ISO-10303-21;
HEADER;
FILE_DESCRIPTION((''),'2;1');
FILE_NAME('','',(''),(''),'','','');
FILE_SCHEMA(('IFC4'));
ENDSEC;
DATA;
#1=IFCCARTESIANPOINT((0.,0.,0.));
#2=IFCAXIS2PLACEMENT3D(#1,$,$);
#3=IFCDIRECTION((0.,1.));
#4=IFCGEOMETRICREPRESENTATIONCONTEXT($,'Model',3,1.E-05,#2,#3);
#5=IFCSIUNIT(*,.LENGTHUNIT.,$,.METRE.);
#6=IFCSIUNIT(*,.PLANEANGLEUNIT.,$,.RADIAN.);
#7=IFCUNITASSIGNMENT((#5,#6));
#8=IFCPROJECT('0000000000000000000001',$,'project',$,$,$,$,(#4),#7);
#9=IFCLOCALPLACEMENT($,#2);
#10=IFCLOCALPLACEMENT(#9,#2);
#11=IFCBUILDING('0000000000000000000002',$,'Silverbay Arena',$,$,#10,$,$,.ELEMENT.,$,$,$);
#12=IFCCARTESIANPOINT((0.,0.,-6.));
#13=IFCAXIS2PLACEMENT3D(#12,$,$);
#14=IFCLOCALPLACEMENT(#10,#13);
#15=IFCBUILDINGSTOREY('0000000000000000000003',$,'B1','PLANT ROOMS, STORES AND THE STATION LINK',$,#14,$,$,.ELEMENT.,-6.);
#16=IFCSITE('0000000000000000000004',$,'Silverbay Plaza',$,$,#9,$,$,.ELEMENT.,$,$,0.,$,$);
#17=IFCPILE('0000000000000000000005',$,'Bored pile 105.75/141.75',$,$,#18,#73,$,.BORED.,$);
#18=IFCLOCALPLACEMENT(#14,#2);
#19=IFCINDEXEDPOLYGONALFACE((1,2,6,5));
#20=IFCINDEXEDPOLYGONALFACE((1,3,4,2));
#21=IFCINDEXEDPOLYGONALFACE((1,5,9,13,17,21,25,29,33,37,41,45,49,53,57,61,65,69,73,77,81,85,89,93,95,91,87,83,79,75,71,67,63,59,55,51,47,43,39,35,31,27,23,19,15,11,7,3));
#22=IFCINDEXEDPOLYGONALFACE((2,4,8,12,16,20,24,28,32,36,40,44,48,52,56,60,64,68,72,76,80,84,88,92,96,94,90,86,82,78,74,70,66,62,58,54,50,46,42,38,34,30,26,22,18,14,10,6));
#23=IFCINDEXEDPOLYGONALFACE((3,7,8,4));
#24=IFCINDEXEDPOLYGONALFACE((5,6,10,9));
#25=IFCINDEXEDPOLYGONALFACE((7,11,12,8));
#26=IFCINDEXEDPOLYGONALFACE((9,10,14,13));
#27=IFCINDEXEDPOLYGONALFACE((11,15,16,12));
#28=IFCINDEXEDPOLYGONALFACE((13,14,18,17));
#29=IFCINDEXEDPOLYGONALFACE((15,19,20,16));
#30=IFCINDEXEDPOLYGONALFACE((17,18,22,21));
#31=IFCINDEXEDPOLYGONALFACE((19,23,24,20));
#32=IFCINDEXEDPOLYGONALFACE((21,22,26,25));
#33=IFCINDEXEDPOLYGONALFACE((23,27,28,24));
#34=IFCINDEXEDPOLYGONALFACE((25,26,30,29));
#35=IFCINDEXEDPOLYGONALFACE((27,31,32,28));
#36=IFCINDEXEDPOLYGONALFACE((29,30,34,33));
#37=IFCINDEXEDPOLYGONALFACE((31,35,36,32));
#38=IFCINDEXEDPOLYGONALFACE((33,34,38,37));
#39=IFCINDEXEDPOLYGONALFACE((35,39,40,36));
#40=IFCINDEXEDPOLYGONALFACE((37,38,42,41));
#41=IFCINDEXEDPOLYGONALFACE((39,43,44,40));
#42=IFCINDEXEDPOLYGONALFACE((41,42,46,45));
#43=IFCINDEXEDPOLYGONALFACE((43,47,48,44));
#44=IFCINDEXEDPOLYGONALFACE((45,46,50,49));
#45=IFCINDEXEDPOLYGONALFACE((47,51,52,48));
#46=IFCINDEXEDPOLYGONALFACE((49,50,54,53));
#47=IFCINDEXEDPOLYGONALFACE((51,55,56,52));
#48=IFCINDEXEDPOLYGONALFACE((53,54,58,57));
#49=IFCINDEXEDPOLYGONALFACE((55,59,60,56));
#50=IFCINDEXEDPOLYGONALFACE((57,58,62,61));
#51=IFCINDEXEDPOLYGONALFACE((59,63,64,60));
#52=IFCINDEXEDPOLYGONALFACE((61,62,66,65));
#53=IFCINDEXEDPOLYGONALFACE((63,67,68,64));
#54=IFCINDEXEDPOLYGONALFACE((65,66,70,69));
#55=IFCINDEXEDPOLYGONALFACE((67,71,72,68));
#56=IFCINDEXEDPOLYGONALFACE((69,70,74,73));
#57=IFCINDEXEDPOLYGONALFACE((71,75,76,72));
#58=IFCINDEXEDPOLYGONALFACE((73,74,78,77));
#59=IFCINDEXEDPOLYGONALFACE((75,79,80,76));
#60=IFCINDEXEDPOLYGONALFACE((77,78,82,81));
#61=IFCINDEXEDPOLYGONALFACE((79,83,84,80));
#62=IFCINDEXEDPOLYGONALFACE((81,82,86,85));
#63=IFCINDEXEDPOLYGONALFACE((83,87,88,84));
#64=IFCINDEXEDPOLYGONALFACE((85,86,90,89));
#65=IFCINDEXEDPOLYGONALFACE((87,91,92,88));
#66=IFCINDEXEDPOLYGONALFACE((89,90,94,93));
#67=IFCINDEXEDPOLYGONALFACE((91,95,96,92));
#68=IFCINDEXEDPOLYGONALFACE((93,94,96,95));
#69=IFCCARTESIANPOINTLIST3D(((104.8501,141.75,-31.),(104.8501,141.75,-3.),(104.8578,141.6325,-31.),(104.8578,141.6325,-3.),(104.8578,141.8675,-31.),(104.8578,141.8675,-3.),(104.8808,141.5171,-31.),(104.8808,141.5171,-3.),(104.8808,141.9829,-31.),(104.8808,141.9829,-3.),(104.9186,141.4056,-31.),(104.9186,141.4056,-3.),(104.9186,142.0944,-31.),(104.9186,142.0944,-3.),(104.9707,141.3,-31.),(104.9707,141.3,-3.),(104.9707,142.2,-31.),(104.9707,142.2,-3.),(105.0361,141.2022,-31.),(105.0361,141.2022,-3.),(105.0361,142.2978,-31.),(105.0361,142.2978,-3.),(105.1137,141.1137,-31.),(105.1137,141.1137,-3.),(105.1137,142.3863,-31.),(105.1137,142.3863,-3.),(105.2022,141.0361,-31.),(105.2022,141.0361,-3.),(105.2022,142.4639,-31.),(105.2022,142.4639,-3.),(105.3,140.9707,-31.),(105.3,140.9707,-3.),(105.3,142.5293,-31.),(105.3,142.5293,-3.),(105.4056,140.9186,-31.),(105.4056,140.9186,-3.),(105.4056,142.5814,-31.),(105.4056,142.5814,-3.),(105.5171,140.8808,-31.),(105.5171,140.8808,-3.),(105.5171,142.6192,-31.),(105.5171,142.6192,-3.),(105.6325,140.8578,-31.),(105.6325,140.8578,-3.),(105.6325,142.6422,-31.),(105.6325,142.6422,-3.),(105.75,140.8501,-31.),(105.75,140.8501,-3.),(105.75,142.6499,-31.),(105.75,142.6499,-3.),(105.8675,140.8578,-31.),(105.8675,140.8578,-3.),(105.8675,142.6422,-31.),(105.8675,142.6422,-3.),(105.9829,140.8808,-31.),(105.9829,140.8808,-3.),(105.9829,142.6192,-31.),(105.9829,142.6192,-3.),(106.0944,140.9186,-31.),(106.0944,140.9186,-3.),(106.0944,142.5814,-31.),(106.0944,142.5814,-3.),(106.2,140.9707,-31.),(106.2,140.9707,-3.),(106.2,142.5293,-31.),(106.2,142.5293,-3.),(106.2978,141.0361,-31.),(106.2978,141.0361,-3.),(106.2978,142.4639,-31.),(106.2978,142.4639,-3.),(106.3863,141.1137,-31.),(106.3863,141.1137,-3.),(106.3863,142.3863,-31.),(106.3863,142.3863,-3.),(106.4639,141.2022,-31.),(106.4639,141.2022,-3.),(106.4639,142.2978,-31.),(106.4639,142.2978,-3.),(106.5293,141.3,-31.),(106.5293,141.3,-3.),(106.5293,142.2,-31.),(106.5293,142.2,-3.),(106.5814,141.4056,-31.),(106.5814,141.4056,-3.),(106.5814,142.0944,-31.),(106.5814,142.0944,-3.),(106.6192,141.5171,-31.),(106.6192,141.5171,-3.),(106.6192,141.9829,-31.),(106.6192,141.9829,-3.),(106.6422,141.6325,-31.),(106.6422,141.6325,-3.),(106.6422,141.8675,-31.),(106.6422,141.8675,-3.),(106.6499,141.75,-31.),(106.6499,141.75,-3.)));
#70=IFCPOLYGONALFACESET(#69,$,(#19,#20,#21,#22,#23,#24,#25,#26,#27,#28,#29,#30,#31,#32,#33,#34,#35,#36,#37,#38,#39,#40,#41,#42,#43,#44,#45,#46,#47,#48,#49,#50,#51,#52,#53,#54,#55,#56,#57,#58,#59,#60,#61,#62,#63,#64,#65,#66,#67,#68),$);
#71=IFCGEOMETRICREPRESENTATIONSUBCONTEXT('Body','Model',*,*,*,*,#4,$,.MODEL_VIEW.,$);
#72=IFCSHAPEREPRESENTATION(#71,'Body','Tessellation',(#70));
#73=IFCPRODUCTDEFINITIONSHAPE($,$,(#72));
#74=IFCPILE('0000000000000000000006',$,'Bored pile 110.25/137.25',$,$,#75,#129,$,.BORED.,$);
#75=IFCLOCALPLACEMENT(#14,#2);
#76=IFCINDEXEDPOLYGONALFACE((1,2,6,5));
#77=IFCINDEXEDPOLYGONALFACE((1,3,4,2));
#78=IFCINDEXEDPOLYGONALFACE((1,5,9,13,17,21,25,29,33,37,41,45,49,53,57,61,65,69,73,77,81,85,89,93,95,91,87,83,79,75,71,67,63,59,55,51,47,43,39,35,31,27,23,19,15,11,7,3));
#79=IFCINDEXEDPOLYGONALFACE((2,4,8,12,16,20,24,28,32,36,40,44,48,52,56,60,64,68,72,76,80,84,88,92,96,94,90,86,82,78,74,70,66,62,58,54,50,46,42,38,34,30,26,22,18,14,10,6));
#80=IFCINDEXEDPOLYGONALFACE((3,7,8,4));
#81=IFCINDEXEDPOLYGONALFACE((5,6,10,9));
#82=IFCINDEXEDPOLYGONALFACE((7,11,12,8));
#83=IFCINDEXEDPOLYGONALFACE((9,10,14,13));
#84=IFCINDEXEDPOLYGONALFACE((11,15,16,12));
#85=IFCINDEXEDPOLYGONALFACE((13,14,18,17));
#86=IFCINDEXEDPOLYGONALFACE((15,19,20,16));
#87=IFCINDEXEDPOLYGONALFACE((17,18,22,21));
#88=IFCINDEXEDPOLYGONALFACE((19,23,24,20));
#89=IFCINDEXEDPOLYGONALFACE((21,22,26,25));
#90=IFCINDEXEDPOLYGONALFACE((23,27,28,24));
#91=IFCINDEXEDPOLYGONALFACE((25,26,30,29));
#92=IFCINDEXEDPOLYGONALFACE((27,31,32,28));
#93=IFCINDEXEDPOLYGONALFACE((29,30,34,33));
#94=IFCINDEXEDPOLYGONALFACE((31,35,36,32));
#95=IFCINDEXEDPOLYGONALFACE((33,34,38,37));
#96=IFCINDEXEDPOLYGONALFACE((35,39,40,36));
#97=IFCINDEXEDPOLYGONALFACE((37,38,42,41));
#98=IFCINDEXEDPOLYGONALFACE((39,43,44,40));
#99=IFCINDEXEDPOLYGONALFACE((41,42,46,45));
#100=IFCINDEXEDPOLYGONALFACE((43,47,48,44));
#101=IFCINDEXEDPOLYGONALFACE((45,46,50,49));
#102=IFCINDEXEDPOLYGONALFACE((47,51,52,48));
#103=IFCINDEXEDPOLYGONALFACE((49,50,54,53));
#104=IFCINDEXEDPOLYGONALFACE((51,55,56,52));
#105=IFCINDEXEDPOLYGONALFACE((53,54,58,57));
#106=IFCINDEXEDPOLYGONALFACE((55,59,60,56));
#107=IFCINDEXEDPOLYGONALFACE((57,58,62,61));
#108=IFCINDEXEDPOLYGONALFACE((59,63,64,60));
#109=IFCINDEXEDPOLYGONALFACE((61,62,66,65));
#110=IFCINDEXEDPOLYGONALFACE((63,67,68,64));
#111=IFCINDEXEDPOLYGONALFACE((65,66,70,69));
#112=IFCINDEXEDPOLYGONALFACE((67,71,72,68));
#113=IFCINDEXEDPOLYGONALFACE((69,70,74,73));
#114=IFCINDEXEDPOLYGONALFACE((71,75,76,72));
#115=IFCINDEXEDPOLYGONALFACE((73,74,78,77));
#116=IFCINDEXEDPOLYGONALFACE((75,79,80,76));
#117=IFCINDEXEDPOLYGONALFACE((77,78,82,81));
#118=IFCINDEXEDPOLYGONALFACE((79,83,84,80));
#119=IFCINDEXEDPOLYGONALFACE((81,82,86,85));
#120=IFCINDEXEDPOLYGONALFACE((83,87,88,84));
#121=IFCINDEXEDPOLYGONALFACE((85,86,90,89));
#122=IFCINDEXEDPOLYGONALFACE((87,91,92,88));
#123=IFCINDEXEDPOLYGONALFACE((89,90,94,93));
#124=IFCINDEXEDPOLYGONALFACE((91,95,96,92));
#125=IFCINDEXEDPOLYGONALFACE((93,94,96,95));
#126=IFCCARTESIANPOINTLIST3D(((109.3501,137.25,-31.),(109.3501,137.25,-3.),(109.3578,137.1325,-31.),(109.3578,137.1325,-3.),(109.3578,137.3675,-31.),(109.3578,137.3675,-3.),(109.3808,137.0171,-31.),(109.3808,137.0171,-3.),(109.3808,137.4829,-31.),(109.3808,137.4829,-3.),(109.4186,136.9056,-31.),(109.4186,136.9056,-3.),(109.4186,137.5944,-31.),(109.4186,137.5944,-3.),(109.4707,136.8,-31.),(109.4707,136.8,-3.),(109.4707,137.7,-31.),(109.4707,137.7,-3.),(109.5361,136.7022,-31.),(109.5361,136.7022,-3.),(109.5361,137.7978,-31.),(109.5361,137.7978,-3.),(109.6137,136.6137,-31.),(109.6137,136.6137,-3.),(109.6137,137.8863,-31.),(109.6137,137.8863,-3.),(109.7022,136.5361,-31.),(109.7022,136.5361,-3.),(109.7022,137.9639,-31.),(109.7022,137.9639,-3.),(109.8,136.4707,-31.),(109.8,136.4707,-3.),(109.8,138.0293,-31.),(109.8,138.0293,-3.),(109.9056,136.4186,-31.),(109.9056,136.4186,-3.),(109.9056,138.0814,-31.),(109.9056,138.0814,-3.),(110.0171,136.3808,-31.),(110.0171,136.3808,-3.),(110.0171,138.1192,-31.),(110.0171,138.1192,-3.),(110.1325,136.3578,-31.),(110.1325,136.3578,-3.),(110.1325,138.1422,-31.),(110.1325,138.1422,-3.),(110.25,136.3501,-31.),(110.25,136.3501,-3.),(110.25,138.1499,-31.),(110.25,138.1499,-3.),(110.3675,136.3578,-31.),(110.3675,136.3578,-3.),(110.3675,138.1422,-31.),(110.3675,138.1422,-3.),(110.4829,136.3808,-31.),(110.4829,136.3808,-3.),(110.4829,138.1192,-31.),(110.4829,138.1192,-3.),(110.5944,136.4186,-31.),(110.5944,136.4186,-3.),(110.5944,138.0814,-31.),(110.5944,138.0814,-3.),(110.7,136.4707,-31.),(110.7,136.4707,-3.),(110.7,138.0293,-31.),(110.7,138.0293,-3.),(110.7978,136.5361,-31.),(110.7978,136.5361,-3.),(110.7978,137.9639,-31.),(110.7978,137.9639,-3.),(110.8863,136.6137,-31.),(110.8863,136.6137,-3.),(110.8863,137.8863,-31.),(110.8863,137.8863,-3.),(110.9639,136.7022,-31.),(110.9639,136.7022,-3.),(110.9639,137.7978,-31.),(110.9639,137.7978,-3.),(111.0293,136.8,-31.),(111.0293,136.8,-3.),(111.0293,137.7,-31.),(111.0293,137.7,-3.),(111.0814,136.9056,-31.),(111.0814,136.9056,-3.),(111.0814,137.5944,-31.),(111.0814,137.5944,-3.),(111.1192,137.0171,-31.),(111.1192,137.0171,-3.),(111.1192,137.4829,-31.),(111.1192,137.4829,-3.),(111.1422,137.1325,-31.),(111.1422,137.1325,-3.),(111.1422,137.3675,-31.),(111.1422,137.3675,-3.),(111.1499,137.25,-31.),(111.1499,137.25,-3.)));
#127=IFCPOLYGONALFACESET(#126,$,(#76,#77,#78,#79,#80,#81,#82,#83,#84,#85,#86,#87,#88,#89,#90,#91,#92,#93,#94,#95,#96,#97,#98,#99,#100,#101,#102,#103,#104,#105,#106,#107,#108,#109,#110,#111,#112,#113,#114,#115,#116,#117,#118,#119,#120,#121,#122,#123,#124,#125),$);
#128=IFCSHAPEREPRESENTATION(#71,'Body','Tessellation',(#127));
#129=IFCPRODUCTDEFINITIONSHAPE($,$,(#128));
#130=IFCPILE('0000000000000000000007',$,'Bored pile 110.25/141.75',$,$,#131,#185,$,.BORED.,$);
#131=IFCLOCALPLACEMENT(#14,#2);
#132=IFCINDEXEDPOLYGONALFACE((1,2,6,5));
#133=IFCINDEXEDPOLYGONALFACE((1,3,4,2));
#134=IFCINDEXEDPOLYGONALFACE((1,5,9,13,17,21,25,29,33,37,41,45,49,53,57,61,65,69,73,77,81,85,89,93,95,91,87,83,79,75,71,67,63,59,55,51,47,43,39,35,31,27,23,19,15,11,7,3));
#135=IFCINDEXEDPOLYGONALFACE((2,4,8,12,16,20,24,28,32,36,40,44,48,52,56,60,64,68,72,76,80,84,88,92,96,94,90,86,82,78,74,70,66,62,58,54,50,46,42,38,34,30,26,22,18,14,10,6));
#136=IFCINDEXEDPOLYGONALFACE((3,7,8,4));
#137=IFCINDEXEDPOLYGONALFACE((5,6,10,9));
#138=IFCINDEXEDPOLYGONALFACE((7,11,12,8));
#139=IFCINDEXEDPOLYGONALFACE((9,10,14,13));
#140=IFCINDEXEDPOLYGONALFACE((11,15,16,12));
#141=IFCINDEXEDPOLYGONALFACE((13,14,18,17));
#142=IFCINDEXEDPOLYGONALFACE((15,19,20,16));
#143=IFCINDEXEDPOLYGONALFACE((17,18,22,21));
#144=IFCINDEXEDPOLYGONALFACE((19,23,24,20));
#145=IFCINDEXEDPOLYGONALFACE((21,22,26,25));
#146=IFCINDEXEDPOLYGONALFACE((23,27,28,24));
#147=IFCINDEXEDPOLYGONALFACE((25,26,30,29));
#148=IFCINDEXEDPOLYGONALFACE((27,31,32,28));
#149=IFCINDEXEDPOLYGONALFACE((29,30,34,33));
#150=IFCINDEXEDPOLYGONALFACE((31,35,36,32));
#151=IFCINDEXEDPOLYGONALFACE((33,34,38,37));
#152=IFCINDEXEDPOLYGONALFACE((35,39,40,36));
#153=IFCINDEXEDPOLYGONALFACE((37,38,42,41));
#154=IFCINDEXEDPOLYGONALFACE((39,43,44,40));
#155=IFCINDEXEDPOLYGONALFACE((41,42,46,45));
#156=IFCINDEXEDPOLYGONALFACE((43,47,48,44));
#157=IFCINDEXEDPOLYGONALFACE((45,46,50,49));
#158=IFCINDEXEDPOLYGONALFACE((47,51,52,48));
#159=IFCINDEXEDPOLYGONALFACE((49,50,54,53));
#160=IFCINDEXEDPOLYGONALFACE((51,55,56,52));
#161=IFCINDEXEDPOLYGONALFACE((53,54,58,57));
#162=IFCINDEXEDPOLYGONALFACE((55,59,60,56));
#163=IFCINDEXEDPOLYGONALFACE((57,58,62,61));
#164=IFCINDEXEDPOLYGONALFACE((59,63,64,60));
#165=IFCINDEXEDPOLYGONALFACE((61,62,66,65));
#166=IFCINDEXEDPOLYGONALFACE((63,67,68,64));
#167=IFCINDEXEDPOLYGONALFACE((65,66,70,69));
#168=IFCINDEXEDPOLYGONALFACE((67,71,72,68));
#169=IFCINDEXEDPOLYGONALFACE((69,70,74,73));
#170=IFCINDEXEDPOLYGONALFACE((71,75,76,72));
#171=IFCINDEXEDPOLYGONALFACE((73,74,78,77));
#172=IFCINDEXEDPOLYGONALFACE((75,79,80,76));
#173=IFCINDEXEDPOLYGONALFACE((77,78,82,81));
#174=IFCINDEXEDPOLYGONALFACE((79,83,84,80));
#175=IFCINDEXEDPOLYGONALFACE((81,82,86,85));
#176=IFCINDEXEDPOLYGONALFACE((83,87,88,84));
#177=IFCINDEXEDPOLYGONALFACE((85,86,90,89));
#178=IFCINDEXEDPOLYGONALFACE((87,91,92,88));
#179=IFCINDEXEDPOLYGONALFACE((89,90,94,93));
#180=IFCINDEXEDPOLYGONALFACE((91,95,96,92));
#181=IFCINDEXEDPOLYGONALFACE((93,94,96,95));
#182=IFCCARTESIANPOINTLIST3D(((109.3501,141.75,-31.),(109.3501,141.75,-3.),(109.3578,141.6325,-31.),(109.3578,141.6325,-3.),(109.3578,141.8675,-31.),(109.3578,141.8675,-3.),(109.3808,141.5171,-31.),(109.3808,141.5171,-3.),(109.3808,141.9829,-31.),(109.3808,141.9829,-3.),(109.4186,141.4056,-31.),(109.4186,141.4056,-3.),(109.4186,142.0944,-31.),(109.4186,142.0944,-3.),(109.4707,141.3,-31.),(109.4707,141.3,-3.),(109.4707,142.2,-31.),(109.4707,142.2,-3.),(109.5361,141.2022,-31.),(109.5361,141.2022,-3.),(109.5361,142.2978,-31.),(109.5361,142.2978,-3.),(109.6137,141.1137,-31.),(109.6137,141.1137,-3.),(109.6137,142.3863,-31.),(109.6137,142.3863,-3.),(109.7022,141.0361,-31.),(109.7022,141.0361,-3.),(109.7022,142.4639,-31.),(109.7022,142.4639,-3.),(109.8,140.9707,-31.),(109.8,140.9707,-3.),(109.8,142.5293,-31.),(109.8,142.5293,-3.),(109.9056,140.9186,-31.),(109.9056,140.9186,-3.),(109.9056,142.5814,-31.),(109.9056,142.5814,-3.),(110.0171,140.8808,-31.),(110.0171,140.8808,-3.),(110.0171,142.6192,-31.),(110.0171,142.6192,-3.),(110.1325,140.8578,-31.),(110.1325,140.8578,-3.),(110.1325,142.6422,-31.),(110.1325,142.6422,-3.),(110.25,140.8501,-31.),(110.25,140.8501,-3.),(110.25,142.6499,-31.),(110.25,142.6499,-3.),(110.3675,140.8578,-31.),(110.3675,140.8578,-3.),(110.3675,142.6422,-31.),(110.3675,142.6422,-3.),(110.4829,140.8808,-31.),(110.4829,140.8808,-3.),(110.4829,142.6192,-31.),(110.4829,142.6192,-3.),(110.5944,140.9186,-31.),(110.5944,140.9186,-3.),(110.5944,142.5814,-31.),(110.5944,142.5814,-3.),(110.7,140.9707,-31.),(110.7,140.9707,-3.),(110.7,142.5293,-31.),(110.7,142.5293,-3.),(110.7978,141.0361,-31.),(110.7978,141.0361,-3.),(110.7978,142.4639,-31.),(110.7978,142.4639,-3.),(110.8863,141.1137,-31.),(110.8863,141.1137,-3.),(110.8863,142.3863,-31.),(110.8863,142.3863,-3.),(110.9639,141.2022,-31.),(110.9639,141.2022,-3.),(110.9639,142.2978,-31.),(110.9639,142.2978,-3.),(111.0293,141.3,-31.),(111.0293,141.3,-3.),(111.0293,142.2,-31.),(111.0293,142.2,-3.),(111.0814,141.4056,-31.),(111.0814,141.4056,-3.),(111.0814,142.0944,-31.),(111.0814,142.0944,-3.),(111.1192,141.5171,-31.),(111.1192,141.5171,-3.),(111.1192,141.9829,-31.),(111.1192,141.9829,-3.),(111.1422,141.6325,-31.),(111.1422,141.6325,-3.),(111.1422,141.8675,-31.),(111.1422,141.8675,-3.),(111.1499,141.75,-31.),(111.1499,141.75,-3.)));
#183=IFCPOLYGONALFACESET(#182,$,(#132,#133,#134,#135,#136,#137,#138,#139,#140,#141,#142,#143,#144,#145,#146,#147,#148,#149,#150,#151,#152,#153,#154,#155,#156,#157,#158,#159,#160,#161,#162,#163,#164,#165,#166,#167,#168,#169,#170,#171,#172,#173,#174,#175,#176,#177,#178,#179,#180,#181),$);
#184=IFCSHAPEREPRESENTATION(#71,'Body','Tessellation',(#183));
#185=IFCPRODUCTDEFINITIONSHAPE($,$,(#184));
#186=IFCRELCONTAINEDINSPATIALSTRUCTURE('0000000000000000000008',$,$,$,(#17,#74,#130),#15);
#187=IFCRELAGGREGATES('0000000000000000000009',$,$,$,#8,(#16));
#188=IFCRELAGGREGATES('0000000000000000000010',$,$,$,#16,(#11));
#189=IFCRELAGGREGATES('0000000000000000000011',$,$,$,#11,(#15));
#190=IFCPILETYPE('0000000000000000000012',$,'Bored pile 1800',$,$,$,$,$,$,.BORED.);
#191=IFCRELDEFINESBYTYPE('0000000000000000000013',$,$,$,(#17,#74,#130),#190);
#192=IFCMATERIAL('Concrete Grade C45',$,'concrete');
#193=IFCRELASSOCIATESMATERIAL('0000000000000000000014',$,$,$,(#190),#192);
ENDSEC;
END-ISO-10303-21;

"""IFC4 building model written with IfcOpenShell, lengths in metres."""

from ifc_helpers import new_model, si_unit, direction, frame, origin, origin_2d, place, context, subcontext, project, spatial, circle, extrude, material, material_profile, profile_set, type_object, element, save


model = new_model("IFC4")

# Units and contexts
model_context = context("Model", 3, precision=1e-05, world=origin(), true_north=direction((0.0, 1.0)))
body_context = subcontext(model_context, "Body", "Model", "MODEL_VIEW")
ifc_project = project(units=[si_unit("LENGTHUNIT", "METRE"), si_unit("PLANEANGLEUNIT", "RADIAN")], contexts=[model_context])

# Site, building, storey
site_placement = place(None, origin())
site = spatial("IfcSite", under=ifc_project, at=site_placement, Name="Silverbay Plaza", CompositionType="ELEMENT", RefElevation=0.0)
building_placement = place(site_placement, origin())
building = spatial("IfcBuilding", under=site, at=building_placement, Name="Silverbay Arena", CompositionType="ELEMENT")
storey_placement = place(building_placement, frame((0.0, 0.0, -6.0)))
storey = spatial("IfcBuildingStorey", under=building, at=storey_placement, Name="B1", Description="PLANT ROOMS, STORES AND THE STATION LINK", CompositionType="ELEMENT", Elevation=-6.0)

# Piles
ifc_material_1 = material(Name="Concrete Grade C45", Category="concrete")
ifc_material_profile = material_profile(ifc_material_1, circle(Radius=0.8999, at=origin_2d()), Name="Bored pile 1800")
ifc_profile_set = profile_set([ifc_material_profile], Name="Concrete Grade C45")
pile_type = type_object("IfcPileType", Name="Bored pile 1800", PredefinedType="BORED", material=ifc_profile_set)
for number, where, z_axis, x_axis, name in (
    (1, (105.75, 141.75, -3.0), (0.0, 0.0, -1.0), (1.0, 0.0, 0.0), "Bored pile 105.75/141.75"),
    (2, (110.25, 137.25, -3.0), (0.0, 0.0, -1.0), (1.0, 0.0, 0.0), "Bored pile 110.25/137.25"),
    (3, (110.25, 141.75, -3.0), (0.0, 0.0, -1.0), (1.0, 0.0, 0.0), "Bored pile 110.25/141.75"),
):
    element("IfcPile", number, at=place(storey_placement, frame(where, z_axis=z_axis, x_axis=x_axis)), inside=storey, type_object=pile_type, Name=name, PredefinedType="BORED", context=body_context, shape_type="SweptSolid", body=[
        extrude(circle(Radius=0.8999, at=origin_2d()), origin(), (0.0, 0.0, 1.0), 28.0),
    ])

save(model, "model.ifc")
